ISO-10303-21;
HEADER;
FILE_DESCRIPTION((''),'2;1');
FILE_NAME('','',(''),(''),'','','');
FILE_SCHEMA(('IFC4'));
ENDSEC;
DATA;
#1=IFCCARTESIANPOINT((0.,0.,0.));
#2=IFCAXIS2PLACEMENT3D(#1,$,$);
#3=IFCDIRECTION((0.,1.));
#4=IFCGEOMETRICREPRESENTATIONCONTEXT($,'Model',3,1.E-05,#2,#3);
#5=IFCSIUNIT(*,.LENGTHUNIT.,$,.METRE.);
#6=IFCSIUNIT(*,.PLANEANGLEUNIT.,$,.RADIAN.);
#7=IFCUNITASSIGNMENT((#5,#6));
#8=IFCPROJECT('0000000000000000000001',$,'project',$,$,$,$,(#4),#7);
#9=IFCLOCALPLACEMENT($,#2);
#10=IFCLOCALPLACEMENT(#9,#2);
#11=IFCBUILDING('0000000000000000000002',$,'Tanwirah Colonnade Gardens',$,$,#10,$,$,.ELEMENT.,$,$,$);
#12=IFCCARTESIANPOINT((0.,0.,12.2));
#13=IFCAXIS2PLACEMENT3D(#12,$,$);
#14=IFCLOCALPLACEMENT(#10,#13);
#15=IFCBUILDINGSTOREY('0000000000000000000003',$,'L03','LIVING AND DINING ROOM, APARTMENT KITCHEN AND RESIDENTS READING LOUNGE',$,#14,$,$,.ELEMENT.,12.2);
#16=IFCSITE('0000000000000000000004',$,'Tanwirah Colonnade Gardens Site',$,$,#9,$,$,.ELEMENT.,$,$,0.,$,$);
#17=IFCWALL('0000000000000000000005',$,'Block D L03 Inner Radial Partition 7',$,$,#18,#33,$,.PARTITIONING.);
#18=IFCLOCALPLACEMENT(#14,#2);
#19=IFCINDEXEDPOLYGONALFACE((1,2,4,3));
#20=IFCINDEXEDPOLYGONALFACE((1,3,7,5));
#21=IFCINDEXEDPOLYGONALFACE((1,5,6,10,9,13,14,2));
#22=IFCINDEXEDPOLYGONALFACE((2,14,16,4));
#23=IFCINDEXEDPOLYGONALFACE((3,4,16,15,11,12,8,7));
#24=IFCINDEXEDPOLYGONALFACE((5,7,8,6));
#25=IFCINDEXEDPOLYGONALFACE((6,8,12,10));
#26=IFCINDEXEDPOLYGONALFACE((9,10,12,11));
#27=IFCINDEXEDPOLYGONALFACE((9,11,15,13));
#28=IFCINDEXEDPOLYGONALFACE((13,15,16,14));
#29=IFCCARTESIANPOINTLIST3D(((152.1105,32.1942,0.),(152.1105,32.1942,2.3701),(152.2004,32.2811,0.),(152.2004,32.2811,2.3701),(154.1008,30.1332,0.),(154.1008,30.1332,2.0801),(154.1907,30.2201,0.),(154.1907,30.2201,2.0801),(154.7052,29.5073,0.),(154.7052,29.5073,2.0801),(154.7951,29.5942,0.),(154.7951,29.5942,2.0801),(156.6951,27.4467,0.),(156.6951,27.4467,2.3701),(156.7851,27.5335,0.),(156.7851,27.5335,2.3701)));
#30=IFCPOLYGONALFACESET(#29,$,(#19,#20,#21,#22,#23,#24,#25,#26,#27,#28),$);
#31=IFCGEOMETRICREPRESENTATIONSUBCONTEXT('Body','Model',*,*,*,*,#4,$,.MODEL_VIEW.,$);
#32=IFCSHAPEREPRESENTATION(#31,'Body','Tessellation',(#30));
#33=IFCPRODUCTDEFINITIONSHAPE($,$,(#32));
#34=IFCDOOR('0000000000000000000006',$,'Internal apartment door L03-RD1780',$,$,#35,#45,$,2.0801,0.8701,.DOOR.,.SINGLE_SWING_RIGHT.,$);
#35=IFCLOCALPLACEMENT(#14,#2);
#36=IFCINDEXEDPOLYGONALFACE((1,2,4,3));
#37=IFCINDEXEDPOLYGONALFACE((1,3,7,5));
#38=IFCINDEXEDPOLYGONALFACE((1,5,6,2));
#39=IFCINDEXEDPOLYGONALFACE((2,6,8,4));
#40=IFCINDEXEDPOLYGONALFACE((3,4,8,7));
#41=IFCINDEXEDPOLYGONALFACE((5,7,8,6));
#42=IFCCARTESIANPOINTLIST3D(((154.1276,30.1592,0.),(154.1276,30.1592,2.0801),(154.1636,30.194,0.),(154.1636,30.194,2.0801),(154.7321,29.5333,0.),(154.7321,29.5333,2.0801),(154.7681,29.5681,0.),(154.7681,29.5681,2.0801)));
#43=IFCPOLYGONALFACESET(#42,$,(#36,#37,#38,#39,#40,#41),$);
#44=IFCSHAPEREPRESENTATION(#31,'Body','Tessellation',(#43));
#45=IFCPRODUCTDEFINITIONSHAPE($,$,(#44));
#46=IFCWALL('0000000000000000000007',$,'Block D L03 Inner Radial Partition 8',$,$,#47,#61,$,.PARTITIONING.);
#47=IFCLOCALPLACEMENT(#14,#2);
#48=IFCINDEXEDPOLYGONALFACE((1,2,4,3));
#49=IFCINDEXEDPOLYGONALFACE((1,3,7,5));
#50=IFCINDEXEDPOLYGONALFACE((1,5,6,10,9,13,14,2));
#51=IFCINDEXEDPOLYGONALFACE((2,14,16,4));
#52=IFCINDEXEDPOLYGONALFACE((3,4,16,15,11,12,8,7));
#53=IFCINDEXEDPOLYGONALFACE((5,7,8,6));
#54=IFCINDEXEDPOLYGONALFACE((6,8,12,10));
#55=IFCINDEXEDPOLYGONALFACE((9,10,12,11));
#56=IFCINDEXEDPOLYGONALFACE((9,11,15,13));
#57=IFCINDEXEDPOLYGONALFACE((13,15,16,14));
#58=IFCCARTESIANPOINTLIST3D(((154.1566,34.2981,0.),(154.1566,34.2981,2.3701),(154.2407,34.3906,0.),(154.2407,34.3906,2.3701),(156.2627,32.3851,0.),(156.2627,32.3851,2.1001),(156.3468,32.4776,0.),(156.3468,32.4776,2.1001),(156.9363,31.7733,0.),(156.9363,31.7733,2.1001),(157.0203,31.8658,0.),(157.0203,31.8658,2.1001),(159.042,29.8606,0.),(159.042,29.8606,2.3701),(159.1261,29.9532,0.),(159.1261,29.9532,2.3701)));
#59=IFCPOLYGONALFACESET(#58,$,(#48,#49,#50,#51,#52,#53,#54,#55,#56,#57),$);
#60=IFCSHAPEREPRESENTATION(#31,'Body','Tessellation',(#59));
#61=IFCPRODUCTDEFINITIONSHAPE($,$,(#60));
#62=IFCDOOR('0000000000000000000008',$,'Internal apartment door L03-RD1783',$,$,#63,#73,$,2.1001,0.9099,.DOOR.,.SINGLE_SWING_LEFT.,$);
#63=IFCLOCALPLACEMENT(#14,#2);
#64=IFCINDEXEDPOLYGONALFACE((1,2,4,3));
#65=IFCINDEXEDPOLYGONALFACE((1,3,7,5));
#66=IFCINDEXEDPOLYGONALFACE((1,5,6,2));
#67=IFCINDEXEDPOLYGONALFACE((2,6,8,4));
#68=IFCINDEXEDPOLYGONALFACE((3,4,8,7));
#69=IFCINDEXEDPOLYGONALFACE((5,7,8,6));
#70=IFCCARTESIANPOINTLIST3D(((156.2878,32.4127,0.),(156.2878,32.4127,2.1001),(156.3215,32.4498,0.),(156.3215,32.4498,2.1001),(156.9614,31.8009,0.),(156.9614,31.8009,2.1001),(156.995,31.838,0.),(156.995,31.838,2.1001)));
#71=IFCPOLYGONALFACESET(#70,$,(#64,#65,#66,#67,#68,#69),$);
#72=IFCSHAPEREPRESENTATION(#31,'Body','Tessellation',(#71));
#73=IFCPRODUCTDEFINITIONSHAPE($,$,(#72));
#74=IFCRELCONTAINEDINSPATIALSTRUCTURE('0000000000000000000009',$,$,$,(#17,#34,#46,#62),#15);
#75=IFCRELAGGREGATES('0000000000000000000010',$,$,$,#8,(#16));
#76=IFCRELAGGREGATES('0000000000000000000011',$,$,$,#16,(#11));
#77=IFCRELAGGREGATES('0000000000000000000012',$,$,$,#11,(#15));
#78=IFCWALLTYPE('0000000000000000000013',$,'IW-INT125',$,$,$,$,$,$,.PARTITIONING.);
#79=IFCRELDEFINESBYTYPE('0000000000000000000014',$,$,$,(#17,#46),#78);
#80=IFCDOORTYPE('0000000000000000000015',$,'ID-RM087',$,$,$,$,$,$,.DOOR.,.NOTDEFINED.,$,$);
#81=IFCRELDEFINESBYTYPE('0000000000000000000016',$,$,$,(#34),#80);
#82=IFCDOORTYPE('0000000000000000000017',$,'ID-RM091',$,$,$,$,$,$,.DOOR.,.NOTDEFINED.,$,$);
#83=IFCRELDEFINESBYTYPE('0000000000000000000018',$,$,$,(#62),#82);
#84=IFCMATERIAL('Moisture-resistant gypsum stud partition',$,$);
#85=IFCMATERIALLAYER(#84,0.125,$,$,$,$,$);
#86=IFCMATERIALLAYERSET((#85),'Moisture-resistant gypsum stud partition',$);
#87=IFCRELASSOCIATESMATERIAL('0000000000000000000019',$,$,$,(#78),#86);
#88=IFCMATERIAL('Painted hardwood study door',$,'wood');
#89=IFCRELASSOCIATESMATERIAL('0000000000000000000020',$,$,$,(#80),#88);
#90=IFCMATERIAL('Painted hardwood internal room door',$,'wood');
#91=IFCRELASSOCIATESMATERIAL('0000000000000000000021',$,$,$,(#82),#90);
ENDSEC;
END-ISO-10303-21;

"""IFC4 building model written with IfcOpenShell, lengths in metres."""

from ifc_helpers import new_model, si_unit, direction, frame, frame_2d, origin, place, context, subcontext, project, spatial, rectangle, extrude, material, layer, layer_set, type_object, element, fill, save


model = new_model("IFC4")

# Units and contexts
model_context = context("Model", 3, precision=1e-05, world=origin(), true_north=direction((0.0, 1.0)))
body_context = subcontext(model_context, "Body", "Model", "MODEL_VIEW")
ifc_project = project(units=[si_unit("LENGTHUNIT", "METRE"), si_unit("PLANEANGLEUNIT", "RADIAN")], contexts=[model_context])

# Site, building, storey
site_placement = place(None, origin())
site = spatial("IfcSite", under=ifc_project, at=site_placement, Name="Tanwirah Colonnade Gardens Site", CompositionType="ELEMENT", RefElevation=0.0)
building_placement = place(site_placement, origin())
building = spatial("IfcBuilding", under=site, at=building_placement, Name="Tanwirah Colonnade Gardens", CompositionType="ELEMENT")
storey_placement = place(building_placement, frame((0.0, 0.0, 12.2)))
storey = spatial("IfcBuildingStorey", under=building, at=storey_placement, Name="L03", Description="LIVING AND DINING ROOM, APARTMENT KITCHEN AND RESIDENTS READING LOUNGE", CompositionType="ELEMENT", Elevation=12.2)

# Walls, openings, doors
ifc_material_1 = material(Name="Moisture-resistant gypsum stud partition")
ifc_layer_1 = layer(ifc_material_1, 0.125)
ifc_layer_set_1 = layer_set([ifc_layer_1], Name="Moisture-resistant gypsum stud partition")
wall_type_1 = type_object("IfcWallType", Name="IW-INT125", PredefinedType="PARTITIONING", material=ifc_layer_set_1)
wall_1_placement = place(storey_placement, frame((152.1555, 32.2375, 0.0), z_axis=(0.0, 0.0, 1.0), x_axis=(0.694663, -0.719336, 0.0)))
wall_1 = element("IfcWall", 1, at=wall_1_placement, inside=storey, type_object=wall_type_1, Name="Block D L03 Inner Radial Partition 7", PredefinedType="PARTITIONING", context=body_context, shape_type="SweptSolid", body=[
    extrude(rectangle(XDim=6.5999, YDim=0.125, at=frame_2d((3.2998, 0.0))), origin(), (0.0, 0.0, 1.0), 2.3701),
])
opening_1_placement = place(wall_1_placement, frame((2.865, 0.0, 0.0)))
opening_1 = element("IfcOpeningElement", 2, at=opening_1_placement, cuts=wall_1, PredefinedType="OPENING", context=body_context, shape_type="SweptSolid", body=[
    extrude(rectangle(XDim=0.8701, YDim=2.0801, at=frame_2d((0.4351, 1.04))), frame((0.0, 0.0725, 0.0), z_axis=(0.0, -1.0, 0.0), x_axis=(1.0, 0.0, 0.0)), (0.0, 0.0, 1.0), 0.145),
])
ifc_material_2 = material(Name="Painted hardwood study door", Category="wood")
door_type_1 = type_object("IfcDoorType", Name="ID-RM087", OperationType="NOTDEFINED", PredefinedType="DOOR", material=ifc_material_2)
door_1_placement = place(opening_1_placement, origin())
door_1 = element("IfcDoor", 3, at=door_1_placement, inside=storey, type_object=door_type_1, Name="Internal apartment door L03-RD1780", OperationType="SINGLE_SWING_RIGHT", OverallHeight=2.0801, OverallWidth=0.8701, PredefinedType="DOOR", context=body_context, shape_type="SweptSolid", body=[
    extrude(rectangle(XDim=0.8701, YDim=2.0801, at=frame_2d((0.4351, 1.04))), frame((0.0, 0.0249, 0.0), z_axis=(0.0, -1.0, 0.0), x_axis=(1.0, 0.0, 0.0)), (0.0, 0.0, 1.0), 0.05),
])
fill(opening_1, door_1)
wall_2_placement = place(storey_placement, frame((154.1987, 34.3442, 0.0), z_axis=(0.0, 0.0, 1.0), x_axis=(0.740231, -0.672352, 0.0)))
wall_2 = element("IfcWall", 4, at=wall_2_placement, inside=storey, type_object=wall_type_1, Name="Block D L03 Inner Radial Partition 8", PredefinedType="PARTITIONING", context=body_context, shape_type="SweptSolid", body=[
    extrude(rectangle(XDim=6.5999, YDim=0.125, at=frame_2d((3.2998, 0.0))), origin(), (0.0, 0.0, 1.0), 2.3701),
])
opening_2_placement = place(wall_2_placement, frame((2.845, 0.0, 0.0)))
opening_2 = element("IfcOpeningElement", 5, at=opening_2_placement, cuts=wall_2, PredefinedType="OPENING", context=body_context, shape_type="SweptSolid", body=[
    extrude(rectangle(XDim=0.9099, YDim=2.1001, at=frame_2d((0.4551, 1.05))), frame((0.0, 0.0725, 0.0), z_axis=(0.0, -1.0, 0.0), x_axis=(1.0, 0.0, 0.0)), (0.0, 0.0, 1.0), 0.145),
])
ifc_material_3 = material(Name="Painted hardwood internal room door", Category="wood")
door_type_2 = type_object("IfcDoorType", Name="ID-RM091", OperationType="NOTDEFINED", PredefinedType="DOOR", material=ifc_material_3)
door_2_placement = place(opening_2_placement, origin())
door_2 = element("IfcDoor", 6, at=door_2_placement, inside=storey, type_object=door_type_2, Name="Internal apartment door L03-RD1783", OperationType="SINGLE_SWING_LEFT", OverallHeight=2.1001, OverallWidth=0.9099, PredefinedType="DOOR", context=body_context, shape_type="SweptSolid", body=[
    extrude(rectangle(XDim=0.9099, YDim=2.1001, at=frame_2d((0.4551, 1.05))), frame((0.0, 0.0249, 0.0), z_axis=(0.0, -1.0, 0.0), x_axis=(1.0, 0.0, 0.0)), (0.0, 0.0, 1.0), 0.05),
])
fill(opening_2, door_2)

save(model, "model.ifc")
